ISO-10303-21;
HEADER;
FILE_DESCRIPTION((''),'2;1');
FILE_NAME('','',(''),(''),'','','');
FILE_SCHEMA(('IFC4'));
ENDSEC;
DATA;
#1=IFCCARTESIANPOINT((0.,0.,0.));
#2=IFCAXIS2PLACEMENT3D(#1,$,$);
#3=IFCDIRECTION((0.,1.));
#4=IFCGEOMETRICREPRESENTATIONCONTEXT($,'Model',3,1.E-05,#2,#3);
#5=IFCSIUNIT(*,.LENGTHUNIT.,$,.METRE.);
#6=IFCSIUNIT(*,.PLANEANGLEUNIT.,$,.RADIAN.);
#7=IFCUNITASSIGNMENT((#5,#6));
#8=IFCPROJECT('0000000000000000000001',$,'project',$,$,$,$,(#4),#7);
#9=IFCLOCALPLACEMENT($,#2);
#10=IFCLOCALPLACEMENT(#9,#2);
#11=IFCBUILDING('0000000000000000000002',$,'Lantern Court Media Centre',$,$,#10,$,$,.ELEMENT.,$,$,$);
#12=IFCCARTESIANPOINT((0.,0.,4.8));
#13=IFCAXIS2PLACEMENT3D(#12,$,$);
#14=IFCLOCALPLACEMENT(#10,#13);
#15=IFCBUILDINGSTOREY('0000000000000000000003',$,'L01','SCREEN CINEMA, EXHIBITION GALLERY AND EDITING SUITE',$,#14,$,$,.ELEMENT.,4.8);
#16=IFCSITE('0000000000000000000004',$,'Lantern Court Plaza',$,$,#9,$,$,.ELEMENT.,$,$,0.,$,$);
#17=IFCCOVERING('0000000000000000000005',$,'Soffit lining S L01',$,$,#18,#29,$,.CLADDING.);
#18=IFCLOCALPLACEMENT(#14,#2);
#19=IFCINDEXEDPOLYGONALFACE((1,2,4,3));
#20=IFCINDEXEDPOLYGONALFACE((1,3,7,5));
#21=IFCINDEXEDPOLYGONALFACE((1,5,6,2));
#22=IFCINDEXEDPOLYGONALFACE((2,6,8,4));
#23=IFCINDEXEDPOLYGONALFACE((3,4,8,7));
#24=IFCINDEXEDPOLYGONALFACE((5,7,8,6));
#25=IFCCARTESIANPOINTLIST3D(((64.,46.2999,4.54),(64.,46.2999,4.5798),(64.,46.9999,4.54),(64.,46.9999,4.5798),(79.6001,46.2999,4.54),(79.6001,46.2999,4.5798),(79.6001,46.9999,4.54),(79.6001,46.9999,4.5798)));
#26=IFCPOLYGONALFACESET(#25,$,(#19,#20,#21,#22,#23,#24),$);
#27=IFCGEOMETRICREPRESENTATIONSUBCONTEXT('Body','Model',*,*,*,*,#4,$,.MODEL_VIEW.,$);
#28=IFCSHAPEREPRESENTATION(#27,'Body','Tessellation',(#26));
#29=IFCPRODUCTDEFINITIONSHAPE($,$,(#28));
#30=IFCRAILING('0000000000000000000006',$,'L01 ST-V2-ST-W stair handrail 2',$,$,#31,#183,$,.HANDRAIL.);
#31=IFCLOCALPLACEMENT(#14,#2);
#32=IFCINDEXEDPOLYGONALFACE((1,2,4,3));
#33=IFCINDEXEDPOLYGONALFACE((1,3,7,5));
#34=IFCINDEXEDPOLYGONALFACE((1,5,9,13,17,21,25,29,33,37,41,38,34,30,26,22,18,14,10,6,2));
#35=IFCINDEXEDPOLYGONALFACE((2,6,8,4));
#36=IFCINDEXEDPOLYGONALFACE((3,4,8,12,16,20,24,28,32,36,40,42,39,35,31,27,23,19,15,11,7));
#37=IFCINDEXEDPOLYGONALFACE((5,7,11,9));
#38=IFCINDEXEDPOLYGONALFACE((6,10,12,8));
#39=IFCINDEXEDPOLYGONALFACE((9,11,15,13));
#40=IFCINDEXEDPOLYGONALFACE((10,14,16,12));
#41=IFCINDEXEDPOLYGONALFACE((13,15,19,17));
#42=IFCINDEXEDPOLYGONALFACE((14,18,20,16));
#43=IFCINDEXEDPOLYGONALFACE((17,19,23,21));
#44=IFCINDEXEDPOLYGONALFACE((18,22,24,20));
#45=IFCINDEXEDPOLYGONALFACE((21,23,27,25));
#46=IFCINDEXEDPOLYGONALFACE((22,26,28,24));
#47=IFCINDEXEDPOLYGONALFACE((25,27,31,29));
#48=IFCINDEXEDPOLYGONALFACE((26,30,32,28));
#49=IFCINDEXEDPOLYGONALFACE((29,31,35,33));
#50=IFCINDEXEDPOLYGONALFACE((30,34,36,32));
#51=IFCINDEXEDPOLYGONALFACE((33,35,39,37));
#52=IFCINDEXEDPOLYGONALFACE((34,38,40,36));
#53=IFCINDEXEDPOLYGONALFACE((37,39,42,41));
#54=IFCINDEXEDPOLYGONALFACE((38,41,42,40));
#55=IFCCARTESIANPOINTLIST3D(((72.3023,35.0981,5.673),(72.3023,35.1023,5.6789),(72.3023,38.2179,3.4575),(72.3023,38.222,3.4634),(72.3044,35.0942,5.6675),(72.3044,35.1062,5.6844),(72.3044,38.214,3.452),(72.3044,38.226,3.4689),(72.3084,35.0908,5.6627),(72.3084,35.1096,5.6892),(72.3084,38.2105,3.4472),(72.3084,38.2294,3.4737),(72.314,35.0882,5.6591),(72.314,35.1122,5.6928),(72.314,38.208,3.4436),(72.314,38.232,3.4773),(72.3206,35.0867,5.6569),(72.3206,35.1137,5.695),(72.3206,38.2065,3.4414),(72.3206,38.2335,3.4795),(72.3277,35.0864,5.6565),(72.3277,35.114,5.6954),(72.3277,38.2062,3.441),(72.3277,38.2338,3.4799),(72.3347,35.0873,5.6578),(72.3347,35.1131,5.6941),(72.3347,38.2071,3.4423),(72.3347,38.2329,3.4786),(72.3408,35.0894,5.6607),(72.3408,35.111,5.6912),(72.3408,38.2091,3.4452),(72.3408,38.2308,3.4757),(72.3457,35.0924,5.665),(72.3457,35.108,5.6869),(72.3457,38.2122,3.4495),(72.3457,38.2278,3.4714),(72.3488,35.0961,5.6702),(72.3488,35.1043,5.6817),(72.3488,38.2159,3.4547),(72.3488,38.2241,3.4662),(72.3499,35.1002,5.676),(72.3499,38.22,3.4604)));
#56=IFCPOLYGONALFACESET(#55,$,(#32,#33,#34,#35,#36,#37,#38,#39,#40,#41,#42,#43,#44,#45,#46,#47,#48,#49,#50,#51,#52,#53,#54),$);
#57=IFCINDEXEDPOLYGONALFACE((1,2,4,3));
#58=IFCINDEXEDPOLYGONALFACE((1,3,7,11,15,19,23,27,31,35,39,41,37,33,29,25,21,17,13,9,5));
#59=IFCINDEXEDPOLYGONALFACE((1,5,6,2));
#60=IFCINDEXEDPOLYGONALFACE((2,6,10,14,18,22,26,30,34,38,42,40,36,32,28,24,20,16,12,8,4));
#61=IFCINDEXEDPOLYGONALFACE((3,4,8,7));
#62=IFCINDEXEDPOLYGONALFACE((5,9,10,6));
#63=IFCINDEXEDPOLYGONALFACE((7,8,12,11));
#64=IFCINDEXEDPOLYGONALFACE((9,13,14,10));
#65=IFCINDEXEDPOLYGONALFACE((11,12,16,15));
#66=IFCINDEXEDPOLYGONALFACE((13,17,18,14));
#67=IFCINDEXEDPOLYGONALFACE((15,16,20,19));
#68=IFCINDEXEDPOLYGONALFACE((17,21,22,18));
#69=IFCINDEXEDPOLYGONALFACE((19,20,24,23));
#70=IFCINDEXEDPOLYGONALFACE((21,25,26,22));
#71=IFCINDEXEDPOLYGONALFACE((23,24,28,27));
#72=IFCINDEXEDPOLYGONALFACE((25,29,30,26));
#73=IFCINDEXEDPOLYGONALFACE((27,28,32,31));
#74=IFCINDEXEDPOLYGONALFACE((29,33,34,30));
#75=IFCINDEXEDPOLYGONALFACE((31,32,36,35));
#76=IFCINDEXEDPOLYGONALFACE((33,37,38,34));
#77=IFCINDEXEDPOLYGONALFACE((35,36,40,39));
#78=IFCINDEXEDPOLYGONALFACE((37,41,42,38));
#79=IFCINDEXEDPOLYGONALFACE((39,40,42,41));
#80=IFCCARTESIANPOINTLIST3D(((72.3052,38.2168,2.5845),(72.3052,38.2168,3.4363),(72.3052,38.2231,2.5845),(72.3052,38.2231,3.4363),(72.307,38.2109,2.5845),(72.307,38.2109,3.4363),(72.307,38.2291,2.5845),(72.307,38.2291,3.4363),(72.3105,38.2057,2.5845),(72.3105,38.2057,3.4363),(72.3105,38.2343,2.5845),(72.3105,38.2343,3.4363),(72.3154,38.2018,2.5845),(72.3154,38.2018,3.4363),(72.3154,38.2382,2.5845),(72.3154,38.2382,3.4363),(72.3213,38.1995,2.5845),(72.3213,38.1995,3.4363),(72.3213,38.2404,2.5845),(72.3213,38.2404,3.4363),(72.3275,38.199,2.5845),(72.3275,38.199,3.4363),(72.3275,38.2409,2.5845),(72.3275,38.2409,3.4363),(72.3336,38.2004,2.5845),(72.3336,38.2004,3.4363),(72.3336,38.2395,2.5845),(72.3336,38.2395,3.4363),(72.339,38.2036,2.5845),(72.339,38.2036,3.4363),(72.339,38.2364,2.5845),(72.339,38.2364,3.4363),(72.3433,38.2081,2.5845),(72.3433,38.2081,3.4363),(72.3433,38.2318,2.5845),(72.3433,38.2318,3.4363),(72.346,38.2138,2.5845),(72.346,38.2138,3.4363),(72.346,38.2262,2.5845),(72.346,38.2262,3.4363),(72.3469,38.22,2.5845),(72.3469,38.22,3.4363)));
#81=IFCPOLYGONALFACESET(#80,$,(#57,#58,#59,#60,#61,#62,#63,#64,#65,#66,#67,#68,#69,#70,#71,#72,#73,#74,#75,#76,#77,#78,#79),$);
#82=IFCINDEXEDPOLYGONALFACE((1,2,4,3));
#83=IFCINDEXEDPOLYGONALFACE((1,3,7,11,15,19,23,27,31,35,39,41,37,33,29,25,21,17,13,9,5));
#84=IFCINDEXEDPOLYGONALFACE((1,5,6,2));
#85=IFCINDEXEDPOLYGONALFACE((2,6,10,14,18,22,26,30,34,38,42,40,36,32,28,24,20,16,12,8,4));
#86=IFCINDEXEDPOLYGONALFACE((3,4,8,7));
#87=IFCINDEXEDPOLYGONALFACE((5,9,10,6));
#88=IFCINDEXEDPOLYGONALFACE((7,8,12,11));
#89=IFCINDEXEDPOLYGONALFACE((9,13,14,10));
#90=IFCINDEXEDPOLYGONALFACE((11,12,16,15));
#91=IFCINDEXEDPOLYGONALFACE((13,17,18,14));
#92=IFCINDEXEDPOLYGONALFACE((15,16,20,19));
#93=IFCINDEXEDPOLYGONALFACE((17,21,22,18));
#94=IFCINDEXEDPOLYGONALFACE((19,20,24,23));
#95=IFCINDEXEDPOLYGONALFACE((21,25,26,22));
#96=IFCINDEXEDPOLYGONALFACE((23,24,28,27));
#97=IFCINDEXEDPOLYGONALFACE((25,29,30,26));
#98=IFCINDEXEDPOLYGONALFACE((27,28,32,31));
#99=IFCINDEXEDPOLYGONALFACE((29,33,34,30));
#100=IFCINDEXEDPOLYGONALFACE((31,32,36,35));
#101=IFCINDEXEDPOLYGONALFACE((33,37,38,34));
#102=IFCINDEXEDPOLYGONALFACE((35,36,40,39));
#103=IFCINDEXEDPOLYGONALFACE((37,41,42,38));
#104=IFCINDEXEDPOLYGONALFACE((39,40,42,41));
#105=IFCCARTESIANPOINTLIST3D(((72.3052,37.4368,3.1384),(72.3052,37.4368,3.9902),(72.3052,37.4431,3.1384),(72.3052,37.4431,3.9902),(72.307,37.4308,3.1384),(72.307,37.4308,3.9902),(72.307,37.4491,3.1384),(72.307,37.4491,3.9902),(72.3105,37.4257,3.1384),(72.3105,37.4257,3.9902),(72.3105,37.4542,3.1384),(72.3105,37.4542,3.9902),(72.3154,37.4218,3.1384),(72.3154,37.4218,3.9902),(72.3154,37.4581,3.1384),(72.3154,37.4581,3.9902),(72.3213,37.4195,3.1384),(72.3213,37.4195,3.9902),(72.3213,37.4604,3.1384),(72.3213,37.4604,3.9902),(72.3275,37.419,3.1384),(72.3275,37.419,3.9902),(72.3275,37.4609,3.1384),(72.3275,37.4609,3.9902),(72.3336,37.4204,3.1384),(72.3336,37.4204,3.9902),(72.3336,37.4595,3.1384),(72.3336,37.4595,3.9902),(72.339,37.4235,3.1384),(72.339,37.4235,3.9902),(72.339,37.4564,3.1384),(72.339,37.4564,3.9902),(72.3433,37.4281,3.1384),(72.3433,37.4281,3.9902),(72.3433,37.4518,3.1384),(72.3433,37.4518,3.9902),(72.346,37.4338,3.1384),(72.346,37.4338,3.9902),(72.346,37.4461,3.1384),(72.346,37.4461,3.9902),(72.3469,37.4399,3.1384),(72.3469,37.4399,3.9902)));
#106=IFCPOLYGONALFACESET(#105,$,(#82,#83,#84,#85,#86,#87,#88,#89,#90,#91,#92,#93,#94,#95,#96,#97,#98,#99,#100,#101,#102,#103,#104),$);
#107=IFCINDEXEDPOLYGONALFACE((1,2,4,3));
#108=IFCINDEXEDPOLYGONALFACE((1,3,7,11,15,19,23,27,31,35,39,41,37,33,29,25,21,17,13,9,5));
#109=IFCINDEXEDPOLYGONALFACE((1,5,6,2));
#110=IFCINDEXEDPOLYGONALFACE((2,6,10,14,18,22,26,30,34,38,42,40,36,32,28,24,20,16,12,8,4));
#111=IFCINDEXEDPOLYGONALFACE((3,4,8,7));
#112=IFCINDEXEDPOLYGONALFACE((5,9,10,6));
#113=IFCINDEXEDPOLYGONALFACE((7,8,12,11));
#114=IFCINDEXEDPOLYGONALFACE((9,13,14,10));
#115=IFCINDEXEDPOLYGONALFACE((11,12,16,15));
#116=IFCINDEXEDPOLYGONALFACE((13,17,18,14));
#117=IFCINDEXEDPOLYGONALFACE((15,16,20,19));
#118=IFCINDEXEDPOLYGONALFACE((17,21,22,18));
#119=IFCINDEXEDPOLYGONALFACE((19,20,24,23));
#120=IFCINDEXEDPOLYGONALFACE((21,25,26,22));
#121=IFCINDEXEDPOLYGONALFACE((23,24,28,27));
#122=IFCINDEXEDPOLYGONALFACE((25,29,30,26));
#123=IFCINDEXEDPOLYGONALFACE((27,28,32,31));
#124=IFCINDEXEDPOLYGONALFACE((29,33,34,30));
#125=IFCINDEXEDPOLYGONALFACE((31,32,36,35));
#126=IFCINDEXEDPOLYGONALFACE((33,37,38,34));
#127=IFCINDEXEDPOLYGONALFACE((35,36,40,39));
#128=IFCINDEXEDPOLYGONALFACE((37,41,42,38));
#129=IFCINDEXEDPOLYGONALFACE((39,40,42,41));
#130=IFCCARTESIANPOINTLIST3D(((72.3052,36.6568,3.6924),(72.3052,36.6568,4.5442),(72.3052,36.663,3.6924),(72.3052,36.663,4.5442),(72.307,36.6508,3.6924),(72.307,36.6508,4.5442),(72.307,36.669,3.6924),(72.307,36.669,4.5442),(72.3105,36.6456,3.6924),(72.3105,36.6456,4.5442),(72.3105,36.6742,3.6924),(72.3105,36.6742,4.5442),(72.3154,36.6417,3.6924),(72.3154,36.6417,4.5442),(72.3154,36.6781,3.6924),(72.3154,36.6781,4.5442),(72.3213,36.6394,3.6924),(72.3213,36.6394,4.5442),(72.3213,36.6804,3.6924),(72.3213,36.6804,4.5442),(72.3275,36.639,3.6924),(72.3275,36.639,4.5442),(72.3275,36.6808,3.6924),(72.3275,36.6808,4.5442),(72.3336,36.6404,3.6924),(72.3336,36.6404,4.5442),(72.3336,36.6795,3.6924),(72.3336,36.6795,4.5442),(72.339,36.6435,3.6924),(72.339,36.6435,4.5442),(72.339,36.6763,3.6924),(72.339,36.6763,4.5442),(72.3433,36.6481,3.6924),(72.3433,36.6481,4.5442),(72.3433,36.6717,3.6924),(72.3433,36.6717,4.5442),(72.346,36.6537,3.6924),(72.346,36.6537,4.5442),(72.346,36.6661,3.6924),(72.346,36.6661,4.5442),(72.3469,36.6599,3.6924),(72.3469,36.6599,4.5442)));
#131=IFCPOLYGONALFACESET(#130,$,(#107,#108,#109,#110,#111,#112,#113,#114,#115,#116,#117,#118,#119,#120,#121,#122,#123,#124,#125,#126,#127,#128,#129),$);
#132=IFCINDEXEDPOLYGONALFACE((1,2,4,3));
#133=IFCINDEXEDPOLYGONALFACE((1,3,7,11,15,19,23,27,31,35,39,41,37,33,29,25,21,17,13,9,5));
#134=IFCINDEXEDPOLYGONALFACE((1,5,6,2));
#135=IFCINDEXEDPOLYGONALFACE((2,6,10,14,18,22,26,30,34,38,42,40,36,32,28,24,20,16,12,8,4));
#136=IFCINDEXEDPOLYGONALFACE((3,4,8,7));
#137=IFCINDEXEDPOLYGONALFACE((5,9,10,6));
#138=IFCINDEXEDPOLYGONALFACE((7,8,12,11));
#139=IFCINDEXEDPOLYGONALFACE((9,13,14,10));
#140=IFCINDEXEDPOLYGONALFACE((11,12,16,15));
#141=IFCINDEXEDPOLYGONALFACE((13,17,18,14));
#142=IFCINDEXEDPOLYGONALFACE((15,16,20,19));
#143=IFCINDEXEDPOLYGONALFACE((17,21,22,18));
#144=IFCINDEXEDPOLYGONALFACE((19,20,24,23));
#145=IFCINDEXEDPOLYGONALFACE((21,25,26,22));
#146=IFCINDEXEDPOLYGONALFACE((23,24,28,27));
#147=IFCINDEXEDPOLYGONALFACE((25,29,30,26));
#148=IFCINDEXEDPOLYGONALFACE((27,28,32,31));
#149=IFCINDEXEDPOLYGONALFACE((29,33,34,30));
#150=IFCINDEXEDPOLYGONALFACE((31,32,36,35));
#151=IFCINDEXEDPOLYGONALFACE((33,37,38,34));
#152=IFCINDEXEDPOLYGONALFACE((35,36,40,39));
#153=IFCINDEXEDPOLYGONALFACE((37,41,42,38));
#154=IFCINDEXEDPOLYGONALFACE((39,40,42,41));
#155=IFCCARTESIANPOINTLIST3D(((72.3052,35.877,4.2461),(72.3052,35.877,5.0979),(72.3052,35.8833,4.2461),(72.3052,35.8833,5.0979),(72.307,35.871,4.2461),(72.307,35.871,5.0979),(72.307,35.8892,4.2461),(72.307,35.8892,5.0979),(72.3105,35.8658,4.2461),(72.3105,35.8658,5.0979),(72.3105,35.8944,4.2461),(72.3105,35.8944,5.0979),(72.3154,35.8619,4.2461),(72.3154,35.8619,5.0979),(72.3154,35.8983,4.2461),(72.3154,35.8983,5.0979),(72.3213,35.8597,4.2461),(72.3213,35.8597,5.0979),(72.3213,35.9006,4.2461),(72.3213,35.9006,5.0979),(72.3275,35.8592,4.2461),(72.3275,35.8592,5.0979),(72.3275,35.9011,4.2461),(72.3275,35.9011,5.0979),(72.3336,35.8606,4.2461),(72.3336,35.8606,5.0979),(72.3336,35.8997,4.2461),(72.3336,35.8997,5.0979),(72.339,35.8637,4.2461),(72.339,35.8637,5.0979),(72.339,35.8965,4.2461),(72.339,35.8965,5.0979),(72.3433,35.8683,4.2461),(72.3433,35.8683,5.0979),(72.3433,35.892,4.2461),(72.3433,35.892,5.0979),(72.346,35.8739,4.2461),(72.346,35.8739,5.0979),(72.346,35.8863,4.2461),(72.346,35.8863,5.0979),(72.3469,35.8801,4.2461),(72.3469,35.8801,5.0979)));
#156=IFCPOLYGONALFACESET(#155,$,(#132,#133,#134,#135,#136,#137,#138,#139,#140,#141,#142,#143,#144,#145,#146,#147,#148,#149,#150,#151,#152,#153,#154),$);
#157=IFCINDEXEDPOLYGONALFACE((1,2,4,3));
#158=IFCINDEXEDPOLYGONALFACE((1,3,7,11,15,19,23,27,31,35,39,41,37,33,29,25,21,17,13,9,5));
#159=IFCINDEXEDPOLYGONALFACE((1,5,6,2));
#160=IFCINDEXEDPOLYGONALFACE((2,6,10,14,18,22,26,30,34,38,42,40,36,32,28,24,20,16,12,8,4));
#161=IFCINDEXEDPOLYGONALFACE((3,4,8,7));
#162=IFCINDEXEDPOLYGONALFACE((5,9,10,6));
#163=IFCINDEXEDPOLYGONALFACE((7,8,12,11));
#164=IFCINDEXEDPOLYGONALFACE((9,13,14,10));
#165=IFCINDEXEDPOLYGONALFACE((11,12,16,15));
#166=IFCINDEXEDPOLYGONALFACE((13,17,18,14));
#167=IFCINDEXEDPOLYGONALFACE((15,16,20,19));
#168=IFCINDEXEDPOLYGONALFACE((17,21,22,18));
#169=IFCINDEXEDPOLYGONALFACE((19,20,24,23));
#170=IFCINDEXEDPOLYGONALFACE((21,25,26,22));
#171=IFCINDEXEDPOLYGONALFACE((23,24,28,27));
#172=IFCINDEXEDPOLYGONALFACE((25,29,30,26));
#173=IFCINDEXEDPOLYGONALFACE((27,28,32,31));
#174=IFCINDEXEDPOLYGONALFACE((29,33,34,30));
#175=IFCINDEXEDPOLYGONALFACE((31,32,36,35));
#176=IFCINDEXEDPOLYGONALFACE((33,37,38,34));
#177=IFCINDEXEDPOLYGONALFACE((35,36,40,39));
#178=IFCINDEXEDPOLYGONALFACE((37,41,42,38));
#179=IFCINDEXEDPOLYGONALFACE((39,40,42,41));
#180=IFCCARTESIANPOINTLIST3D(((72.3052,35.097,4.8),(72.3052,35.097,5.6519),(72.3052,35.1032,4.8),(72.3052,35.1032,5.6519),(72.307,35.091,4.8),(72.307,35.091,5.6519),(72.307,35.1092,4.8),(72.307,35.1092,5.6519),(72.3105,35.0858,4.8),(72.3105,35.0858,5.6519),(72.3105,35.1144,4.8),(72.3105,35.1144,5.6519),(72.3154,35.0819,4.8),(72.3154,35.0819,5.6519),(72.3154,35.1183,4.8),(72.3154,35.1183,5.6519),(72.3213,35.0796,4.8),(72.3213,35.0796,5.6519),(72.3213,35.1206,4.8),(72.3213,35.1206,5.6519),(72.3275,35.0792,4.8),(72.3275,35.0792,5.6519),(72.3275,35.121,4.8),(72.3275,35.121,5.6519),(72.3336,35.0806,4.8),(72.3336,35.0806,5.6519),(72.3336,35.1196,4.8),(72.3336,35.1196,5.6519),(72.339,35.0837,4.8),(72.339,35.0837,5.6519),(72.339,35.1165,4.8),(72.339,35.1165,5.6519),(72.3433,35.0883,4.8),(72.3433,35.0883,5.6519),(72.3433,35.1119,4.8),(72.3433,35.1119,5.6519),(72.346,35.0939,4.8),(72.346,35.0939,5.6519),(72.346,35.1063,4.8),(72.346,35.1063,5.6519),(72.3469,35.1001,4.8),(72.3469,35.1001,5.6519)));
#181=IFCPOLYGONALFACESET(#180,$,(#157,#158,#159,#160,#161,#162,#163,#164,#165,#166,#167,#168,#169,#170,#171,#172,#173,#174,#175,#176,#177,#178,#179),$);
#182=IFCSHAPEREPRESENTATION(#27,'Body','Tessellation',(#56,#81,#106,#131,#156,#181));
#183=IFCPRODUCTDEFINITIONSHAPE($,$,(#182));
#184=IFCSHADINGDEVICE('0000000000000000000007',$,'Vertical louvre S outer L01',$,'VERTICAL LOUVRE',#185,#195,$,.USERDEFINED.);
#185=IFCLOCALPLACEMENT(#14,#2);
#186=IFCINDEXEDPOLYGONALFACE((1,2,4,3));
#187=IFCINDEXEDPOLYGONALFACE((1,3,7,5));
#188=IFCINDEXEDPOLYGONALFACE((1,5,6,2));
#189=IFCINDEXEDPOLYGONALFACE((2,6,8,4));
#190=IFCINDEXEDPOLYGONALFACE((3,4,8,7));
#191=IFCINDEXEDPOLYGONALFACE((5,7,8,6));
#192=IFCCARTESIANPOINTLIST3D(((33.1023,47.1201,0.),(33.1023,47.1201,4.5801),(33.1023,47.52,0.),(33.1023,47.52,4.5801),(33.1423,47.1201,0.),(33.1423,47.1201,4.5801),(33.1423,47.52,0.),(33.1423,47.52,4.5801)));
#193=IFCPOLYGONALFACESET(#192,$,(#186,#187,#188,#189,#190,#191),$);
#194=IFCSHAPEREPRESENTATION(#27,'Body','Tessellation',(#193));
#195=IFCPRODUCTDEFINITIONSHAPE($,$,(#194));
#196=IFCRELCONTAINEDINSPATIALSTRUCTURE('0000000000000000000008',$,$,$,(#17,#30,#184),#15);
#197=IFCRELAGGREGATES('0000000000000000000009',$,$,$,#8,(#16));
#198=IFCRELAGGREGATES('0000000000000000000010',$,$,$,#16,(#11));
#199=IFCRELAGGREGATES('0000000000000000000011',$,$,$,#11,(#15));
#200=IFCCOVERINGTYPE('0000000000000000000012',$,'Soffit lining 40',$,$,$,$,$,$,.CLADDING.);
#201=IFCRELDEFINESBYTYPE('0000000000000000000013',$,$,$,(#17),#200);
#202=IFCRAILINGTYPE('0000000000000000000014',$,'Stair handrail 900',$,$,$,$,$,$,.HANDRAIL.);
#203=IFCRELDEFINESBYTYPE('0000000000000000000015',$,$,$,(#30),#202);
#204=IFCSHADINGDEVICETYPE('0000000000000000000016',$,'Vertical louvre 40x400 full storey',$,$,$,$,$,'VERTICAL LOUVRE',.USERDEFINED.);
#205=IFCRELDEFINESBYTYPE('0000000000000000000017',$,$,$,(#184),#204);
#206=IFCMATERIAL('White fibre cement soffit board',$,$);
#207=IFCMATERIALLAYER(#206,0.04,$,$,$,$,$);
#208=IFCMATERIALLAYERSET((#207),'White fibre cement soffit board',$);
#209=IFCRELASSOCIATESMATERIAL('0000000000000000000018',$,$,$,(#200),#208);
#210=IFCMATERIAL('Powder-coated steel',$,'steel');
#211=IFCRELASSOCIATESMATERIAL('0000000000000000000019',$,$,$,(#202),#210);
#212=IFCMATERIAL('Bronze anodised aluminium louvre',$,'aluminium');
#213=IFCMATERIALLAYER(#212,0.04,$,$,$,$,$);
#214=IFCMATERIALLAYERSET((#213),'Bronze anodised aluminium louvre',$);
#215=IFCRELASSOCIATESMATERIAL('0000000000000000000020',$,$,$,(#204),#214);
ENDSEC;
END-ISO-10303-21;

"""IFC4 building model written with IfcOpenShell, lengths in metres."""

from ifc_helpers import new_model, si_unit, direction, frame, frame_2d, origin, origin_2d, place, context, subcontext, project, spatial, rectangle, circle, extrude, material, layer, layer_set, type_object, element, save


model = new_model("IFC4")

# Units and contexts
model_context = context("Model", 3, precision=1e-05, world=origin(), true_north=direction((0.0, 1.0)))
body_context = subcontext(model_context, "Body", "Model", "MODEL_VIEW")
ifc_project = project(units=[si_unit("LENGTHUNIT", "METRE"), si_unit("PLANEANGLEUNIT", "RADIAN")], contexts=[model_context])

# Site, building, storey
site_placement = place(None, origin())
site = spatial("IfcSite", under=ifc_project, at=site_placement, Name="Lantern Court Plaza", CompositionType="ELEMENT", RefElevation=0.0)
building_placement = place(site_placement, origin())
building = spatial("IfcBuilding", under=site, at=building_placement, Name="Lantern Court Media Centre", CompositionType="ELEMENT")
storey_placement = place(building_placement, frame((0.0, 0.0, 4.8)))
storey = spatial("IfcBuildingStorey", under=building, at=storey_placement, Name="L01", Description="SCREEN CINEMA, EXHIBITION GALLERY AND EDITING SUITE", CompositionType="ELEMENT", Elevation=4.8)

# Shared definitions
ifc_material_1 = material(Name="Powder-coated steel", Category="steel")

# Covering
ifc_material_2 = material(Name="White fibre cement soffit board")
ifc_layer_1 = layer(ifc_material_2, 0.04)
ifc_layer_set_1 = layer_set([ifc_layer_1], Name="White fibre cement soffit board")
covering_type_1 = type_object("IfcCoveringType", Name="Soffit lining 40", PredefinedType="CLADDING", material=ifc_layer_set_1)
covering_1_placement = place(storey_placement, frame((64.0, 46.6499, 4.54), z_axis=(0.0, 0.0, 1.0), x_axis=(1.0, 0.0, 0.0)))
element("IfcCovering", 1, at=covering_1_placement, inside=storey, type_object=covering_type_1, Name="Soffit lining S L01", PredefinedType="CLADDING", context=body_context, shape_type="SweptSolid", body=[
    extrude(rectangle(XDim=15.6001, YDim=0.7, at=frame_2d((7.8, 0.0))), origin(), (0.0, 0.0, 1.0), 0.0398),
])

# Railing
railing_type_1 = type_object("IfcRailingType", Name="Stair handrail 900", PredefinedType="HANDRAIL", material=ifc_material_1)
railing_placement = place(storey_placement, frame((72.3259, 38.22, 2.5845)))
element("IfcRailing", 2, at=railing_placement, inside=storey, type_object=railing_type_1, Name="L01 ST-V2-ST-W stair handrail 2", PredefinedType="HANDRAIL", context=body_context, shape_type="SweptSolid", body=[
    extrude(circle(Radius=0.0239, at=origin_2d()), frame((0.0, 0.0, 0.876), z_axis=(0.0, -0.815325, 0.579003), x_axis=(1.0, 0.0, 0.0)), (0.0, 0.0, 1.0), 3.8264),
    extrude(circle(Radius=0.021, at=origin_2d()), origin(), (0.0, 0.0, 1.0), 0.8518),
    extrude(circle(Radius=0.021, at=origin_2d()), frame((0.0, -0.78, 0.554)), (0.0, 0.0, 1.0), 0.8518),
    extrude(circle(Radius=0.021, at=origin_2d()), frame((0.0, -1.5601, 1.1079)), (0.0, 0.0, 1.0), 0.8518),
    extrude(circle(Radius=0.021, at=origin_2d()), frame((0.0, -2.3398, 1.6616)), (0.0, 0.0, 1.0), 0.8518),
    extrude(circle(Radius=0.021, at=origin_2d()), frame((0.0, -3.1199, 2.2156)), (0.0, 0.0, 1.0), 0.8518),
])

# Shading device
ifc_material_3 = material(Name="Bronze anodised aluminium louvre", Category="aluminium")
ifc_layer_2 = layer(ifc_material_3, 0.04)
ifc_layer_set_2 = layer_set([ifc_layer_2], Name="Bronze anodised aluminium louvre")
shading_device_type = type_object("IfcShadingDeviceType", Name="Vertical louvre 40x400 full storey", ElementType="VERTICAL LOUVRE", PredefinedType="USERDEFINED", material=ifc_layer_set_2)
shading_device_placement = place(storey_placement, frame((33.1223, 47.3201, 0.0), z_axis=(0.0, 0.0, 1.0), x_axis=(1.0, 0.0, 0.0)))
element("IfcShadingDevice", 3, at=shading_device_placement, inside=storey, type_object=shading_device_type, Name="Vertical louvre S outer L01", ObjectType="VERTICAL LOUVRE", PredefinedType="USERDEFINED", context=body_context, shape_type="SweptSolid", body=[
    extrude(rectangle(XDim=0.04, YDim=0.3999, at=origin_2d()), origin(), (0.0, 0.0, 1.0), 4.5801),
])

save(model, "model.ifc")
